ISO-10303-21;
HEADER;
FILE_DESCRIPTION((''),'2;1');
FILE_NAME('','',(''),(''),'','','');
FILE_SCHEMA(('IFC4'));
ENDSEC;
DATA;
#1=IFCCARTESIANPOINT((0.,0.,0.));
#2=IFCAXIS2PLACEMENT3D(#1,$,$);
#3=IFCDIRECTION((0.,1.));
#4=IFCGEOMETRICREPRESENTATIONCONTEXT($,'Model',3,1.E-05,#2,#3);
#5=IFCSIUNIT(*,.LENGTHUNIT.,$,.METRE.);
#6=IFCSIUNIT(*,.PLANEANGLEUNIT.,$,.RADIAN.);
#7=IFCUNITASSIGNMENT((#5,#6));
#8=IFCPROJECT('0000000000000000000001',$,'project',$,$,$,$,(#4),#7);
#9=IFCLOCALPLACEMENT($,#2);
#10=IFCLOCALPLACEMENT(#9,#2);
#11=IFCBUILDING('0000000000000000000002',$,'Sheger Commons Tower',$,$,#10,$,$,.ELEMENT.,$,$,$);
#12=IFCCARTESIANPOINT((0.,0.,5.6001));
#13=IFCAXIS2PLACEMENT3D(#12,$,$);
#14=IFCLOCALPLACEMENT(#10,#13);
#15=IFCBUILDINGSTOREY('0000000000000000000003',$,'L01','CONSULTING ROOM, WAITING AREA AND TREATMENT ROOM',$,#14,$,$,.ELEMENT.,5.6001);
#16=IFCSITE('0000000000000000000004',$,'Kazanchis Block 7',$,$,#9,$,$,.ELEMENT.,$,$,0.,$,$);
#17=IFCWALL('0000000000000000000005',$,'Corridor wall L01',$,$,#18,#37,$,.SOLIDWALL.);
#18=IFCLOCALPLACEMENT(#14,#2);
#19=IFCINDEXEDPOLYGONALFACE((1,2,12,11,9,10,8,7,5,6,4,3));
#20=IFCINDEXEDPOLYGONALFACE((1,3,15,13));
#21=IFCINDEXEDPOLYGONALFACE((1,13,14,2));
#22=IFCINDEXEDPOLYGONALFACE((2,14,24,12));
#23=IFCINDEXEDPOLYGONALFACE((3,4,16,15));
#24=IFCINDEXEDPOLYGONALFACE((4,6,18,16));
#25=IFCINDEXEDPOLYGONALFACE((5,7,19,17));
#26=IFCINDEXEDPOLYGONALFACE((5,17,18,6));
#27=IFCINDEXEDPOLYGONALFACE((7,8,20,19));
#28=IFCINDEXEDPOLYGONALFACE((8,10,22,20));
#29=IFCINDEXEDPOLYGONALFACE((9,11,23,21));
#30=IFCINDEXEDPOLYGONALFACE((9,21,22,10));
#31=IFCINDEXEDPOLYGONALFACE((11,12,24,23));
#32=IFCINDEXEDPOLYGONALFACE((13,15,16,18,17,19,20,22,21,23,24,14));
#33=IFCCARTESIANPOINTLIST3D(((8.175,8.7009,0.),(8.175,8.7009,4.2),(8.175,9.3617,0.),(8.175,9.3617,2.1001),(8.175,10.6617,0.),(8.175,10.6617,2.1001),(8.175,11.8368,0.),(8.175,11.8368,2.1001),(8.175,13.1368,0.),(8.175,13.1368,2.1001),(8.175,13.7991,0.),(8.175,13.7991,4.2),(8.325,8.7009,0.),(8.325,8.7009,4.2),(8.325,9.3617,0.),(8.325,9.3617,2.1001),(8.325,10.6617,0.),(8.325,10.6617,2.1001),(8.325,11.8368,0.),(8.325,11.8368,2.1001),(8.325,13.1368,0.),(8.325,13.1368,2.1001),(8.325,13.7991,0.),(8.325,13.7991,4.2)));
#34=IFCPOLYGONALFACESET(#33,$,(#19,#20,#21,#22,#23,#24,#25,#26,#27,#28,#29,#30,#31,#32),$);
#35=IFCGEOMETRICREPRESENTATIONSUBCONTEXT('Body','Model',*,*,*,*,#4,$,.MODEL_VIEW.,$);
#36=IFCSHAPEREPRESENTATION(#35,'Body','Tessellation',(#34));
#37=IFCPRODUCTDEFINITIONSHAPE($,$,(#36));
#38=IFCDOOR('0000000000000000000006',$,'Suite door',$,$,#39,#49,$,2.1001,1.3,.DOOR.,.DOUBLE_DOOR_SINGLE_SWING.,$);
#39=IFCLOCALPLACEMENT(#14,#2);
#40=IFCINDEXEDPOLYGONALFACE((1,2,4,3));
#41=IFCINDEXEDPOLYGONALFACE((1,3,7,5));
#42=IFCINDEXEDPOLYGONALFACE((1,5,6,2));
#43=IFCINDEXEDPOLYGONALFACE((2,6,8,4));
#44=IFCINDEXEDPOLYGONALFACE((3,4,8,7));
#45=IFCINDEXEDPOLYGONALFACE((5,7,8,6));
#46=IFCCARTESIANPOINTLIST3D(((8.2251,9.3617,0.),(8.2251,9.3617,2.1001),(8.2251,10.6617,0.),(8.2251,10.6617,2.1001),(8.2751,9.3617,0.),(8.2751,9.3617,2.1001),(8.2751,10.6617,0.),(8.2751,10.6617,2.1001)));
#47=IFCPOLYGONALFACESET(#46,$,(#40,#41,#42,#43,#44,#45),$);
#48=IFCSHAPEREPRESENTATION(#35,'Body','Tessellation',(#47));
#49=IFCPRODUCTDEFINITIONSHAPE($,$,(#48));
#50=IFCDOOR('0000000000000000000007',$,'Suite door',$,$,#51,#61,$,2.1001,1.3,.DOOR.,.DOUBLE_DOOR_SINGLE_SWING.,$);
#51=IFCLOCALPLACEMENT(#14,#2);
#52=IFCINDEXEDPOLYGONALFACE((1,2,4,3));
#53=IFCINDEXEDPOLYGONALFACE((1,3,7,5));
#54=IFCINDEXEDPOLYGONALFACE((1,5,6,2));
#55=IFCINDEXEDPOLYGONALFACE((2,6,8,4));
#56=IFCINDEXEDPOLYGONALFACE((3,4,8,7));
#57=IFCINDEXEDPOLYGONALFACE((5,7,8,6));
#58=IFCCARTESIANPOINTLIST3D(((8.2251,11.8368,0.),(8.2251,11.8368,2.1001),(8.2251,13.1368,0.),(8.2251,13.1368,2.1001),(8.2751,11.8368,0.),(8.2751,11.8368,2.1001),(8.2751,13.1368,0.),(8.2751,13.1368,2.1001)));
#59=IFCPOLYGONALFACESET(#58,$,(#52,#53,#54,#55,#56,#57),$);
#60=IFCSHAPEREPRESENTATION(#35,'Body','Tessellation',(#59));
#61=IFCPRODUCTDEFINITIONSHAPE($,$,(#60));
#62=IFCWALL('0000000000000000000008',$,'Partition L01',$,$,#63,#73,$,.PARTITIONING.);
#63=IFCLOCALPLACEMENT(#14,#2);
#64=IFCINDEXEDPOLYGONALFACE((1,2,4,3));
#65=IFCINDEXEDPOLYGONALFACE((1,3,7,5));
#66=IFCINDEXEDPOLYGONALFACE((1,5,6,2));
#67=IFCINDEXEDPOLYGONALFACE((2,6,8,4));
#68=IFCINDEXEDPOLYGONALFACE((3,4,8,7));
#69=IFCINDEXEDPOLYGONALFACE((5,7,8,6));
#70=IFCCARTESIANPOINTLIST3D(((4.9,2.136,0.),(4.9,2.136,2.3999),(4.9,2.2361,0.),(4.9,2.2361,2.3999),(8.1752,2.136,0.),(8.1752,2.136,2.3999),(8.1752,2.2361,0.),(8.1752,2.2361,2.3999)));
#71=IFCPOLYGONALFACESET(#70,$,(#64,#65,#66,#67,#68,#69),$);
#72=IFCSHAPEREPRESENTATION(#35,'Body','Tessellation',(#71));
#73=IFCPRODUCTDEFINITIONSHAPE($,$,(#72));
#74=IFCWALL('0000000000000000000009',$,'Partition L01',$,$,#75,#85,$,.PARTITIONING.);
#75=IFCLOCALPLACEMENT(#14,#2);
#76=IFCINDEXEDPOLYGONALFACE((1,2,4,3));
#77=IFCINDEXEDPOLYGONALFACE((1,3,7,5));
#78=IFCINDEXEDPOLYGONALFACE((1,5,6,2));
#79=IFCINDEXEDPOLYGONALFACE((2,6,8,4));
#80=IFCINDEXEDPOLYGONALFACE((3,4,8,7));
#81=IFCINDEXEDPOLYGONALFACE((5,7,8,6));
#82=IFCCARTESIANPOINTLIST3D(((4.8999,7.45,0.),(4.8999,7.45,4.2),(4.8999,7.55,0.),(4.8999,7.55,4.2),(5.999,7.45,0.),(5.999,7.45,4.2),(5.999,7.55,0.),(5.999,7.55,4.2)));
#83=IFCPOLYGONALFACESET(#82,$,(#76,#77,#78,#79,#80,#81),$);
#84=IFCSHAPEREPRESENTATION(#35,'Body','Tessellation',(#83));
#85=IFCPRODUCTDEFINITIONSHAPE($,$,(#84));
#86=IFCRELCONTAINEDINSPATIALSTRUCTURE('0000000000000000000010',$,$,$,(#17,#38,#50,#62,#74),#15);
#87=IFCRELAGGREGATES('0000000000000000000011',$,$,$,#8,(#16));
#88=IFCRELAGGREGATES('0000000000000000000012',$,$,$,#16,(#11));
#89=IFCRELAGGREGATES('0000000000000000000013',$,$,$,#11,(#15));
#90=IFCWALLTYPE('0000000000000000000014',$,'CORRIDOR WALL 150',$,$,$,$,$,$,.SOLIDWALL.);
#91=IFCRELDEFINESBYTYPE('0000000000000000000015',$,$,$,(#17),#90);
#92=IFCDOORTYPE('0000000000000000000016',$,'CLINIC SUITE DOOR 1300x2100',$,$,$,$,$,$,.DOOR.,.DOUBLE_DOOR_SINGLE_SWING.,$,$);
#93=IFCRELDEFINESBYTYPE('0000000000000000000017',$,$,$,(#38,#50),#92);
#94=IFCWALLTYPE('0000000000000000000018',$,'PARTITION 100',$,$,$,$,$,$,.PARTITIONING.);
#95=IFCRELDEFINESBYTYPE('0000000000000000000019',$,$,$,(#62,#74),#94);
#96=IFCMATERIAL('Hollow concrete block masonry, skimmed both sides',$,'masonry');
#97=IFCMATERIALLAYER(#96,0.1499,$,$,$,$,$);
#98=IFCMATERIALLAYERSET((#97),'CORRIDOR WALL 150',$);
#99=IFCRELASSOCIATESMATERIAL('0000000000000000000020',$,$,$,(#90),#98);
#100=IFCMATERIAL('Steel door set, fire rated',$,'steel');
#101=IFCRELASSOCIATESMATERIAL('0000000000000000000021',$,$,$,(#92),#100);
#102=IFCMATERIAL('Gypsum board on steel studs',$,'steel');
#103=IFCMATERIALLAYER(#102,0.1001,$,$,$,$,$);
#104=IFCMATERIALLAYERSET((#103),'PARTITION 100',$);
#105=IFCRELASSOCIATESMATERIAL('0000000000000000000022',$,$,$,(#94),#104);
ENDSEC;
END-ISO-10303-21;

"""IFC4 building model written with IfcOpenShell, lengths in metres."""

from ifc_helpers import new_model, si_unit, direction, frame, frame_2d, origin, place, context, subcontext, project, spatial, rectangle, extrude, material, layer, layer_set, type_object, element, fill, save


model = new_model("IFC4")

# Units and contexts
model_context = context("Model", 3, precision=1e-05, world=origin(), true_north=direction((0.0, 1.0)))
body_context = subcontext(model_context, "Body", "Model", "MODEL_VIEW")
ifc_project = project(units=[si_unit("LENGTHUNIT", "METRE"), si_unit("PLANEANGLEUNIT", "RADIAN")], contexts=[model_context])

# Site, building, storey
site_placement = place(None, origin())
site = spatial("IfcSite", under=ifc_project, at=site_placement, Name="Kazanchis Block 7", CompositionType="ELEMENT", RefElevation=0.0)
building_placement = place(site_placement, origin())
building = spatial("IfcBuilding", under=site, at=building_placement, Name="Sheger Commons Tower", CompositionType="ELEMENT")
storey_placement = place(building_placement, frame((0.0, 0.0, 5.6001)))
storey = spatial("IfcBuildingStorey", under=building, at=storey_placement, Name="L01", Description="CONSULTING ROOM, WAITING AREA AND TREATMENT ROOM", CompositionType="ELEMENT", Elevation=5.6001)

# Shared definitions
ifc_material_1 = material(Name="Hollow concrete block masonry, skimmed both sides", Category="masonry")
ifc_layer_1 = layer(ifc_material_1, 0.1499)
ifc_layer_set_1 = layer_set([ifc_layer_1], Name="CORRIDOR WALL 150")
wall_type_1 = type_object("IfcWallType", Name="CORRIDOR WALL 150", PredefinedType="SOLIDWALL", material=ifc_layer_set_1)

# Wall, openings, doors
wall_1_placement = place(storey_placement, frame((8.25, 8.7009, 0.0), z_axis=(0.0, 0.0, 1.0), x_axis=(0.0, 1.0, 0.0)))
wall_1 = element("IfcWall", 1, at=wall_1_placement, inside=storey, type_object=wall_type_1, Name="Corridor wall L01", PredefinedType="SOLIDWALL", context=body_context, shape_type="SweptSolid", body=[
    extrude(rectangle(XDim=5.0981, YDim=0.1499, at=frame_2d((2.5491, 0.0))), origin(), (0.0, 0.0, 1.0), 4.2),
])
opening_1_placement = place(wall_1_placement, frame((0.6609, 0.0, 0.0)))
opening_1 = element("IfcOpeningElement", 2, at=opening_1_placement, cuts=wall_1, PredefinedType="OPENING", context=body_context, shape_type="SweptSolid", body=[
    extrude(rectangle(XDim=1.3, YDim=2.1001, at=frame_2d((0.6499, 1.05))), frame((0.0, 0.085, 0.0), z_axis=(0.0, -1.0, 0.0), x_axis=(1.0, 0.0, 0.0)), (0.0, 0.0, 1.0), 0.1699),
])
opening_2_placement = place(wall_1_placement, frame((3.136, 0.0, 0.0)))
opening_2 = element("IfcOpeningElement", 3, at=opening_2_placement, cuts=wall_1, PredefinedType="OPENING", context=body_context, shape_type="SweptSolid", body=[
    extrude(rectangle(XDim=1.3, YDim=2.1001, at=frame_2d((0.6499, 1.05))), frame((0.0, 0.085, 0.0), z_axis=(0.0, -1.0, 0.0), x_axis=(1.0, 0.0, 0.0)), (0.0, 0.0, 1.0), 0.1699),
])
ifc_material_2 = material(Name="Steel door set, fire rated", Category="steel")
door_type_1 = type_object("IfcDoorType", Name="CLINIC SUITE DOOR 1300x2100", OperationType="DOUBLE_DOOR_SINGLE_SWING", PredefinedType="DOOR", material=ifc_material_2)
door_1_placement = place(opening_1_placement, origin())
door_1 = element("IfcDoor", 4, at=door_1_placement, inside=storey, type_object=door_type_1, Name="Suite door", OperationType="DOUBLE_DOOR_SINGLE_SWING", OverallHeight=2.1001, OverallWidth=1.3, PredefinedType="DOOR", context=body_context, shape_type="SweptSolid", body=[
    extrude(rectangle(XDim=1.3, YDim=2.1001, at=frame_2d((0.6499, 1.05))), frame((0.0, 0.0249, 0.0), z_axis=(0.0, -1.0, 0.0), x_axis=(1.0, 0.0, 0.0)), (0.0, 0.0, 1.0), 0.05),
])
fill(opening_1, door_1)
door_2_placement = place(opening_2_placement, origin())
door_2 = element("IfcDoor", 5, at=door_2_placement, inside=storey, type_object=door_type_1, Name="Suite door", OperationType="DOUBLE_DOOR_SINGLE_SWING", OverallHeight=2.1001, OverallWidth=1.3, PredefinedType="DOOR", context=body_context, shape_type="SweptSolid", body=[
    extrude(rectangle(XDim=1.3, YDim=2.1001, at=frame_2d((0.6499, 1.05))), frame((0.0, 0.0249, 0.0), z_axis=(0.0, -1.0, 0.0), x_axis=(1.0, 0.0, 0.0)), (0.0, 0.0, 1.0), 0.05),
])
fill(opening_2, door_2)

# Walls
ifc_material_3 = material(Name="Gypsum board on steel studs", Category="steel")
ifc_layer_2 = layer(ifc_material_3, 0.1001)
ifc_layer_set_2 = layer_set([ifc_layer_2], Name="PARTITION 100")
wall_type_2 = type_object("IfcWallType", Name="PARTITION 100", PredefinedType="PARTITIONING", material=ifc_layer_set_2)
wall_2_placement = place(storey_placement, frame((4.8999, 2.186, 0.0), z_axis=(0.0, 0.0, 1.0), x_axis=(1.0, 0.0, 0.0)))
element("IfcWall", 6, at=wall_2_placement, inside=storey, type_object=wall_type_2, Name="Partition L01", PredefinedType="PARTITIONING", context=body_context, shape_type="SweptSolid", body=[
    extrude(rectangle(XDim=3.2751, YDim=0.1001, at=frame_2d((1.6377, 0.0))), origin(), (0.0, 0.0, 1.0), 2.3999),
])
wall_3_placement = place(storey_placement, frame((4.8999, 7.5, 0.0), z_axis=(0.0, 0.0, 1.0), x_axis=(1.0, 0.0, 0.0)))
element("IfcWall", 7, at=wall_3_placement, inside=storey, type_object=wall_type_2, Name="Partition L01", PredefinedType="PARTITIONING", context=body_context, shape_type="SweptSolid", body=[
    extrude(rectangle(XDim=1.0991, YDim=0.1001, at=frame_2d((0.5496, 0.0))), origin(), (0.0, 0.0, 1.0), 4.2),
])

save(model, "model.ifc")
